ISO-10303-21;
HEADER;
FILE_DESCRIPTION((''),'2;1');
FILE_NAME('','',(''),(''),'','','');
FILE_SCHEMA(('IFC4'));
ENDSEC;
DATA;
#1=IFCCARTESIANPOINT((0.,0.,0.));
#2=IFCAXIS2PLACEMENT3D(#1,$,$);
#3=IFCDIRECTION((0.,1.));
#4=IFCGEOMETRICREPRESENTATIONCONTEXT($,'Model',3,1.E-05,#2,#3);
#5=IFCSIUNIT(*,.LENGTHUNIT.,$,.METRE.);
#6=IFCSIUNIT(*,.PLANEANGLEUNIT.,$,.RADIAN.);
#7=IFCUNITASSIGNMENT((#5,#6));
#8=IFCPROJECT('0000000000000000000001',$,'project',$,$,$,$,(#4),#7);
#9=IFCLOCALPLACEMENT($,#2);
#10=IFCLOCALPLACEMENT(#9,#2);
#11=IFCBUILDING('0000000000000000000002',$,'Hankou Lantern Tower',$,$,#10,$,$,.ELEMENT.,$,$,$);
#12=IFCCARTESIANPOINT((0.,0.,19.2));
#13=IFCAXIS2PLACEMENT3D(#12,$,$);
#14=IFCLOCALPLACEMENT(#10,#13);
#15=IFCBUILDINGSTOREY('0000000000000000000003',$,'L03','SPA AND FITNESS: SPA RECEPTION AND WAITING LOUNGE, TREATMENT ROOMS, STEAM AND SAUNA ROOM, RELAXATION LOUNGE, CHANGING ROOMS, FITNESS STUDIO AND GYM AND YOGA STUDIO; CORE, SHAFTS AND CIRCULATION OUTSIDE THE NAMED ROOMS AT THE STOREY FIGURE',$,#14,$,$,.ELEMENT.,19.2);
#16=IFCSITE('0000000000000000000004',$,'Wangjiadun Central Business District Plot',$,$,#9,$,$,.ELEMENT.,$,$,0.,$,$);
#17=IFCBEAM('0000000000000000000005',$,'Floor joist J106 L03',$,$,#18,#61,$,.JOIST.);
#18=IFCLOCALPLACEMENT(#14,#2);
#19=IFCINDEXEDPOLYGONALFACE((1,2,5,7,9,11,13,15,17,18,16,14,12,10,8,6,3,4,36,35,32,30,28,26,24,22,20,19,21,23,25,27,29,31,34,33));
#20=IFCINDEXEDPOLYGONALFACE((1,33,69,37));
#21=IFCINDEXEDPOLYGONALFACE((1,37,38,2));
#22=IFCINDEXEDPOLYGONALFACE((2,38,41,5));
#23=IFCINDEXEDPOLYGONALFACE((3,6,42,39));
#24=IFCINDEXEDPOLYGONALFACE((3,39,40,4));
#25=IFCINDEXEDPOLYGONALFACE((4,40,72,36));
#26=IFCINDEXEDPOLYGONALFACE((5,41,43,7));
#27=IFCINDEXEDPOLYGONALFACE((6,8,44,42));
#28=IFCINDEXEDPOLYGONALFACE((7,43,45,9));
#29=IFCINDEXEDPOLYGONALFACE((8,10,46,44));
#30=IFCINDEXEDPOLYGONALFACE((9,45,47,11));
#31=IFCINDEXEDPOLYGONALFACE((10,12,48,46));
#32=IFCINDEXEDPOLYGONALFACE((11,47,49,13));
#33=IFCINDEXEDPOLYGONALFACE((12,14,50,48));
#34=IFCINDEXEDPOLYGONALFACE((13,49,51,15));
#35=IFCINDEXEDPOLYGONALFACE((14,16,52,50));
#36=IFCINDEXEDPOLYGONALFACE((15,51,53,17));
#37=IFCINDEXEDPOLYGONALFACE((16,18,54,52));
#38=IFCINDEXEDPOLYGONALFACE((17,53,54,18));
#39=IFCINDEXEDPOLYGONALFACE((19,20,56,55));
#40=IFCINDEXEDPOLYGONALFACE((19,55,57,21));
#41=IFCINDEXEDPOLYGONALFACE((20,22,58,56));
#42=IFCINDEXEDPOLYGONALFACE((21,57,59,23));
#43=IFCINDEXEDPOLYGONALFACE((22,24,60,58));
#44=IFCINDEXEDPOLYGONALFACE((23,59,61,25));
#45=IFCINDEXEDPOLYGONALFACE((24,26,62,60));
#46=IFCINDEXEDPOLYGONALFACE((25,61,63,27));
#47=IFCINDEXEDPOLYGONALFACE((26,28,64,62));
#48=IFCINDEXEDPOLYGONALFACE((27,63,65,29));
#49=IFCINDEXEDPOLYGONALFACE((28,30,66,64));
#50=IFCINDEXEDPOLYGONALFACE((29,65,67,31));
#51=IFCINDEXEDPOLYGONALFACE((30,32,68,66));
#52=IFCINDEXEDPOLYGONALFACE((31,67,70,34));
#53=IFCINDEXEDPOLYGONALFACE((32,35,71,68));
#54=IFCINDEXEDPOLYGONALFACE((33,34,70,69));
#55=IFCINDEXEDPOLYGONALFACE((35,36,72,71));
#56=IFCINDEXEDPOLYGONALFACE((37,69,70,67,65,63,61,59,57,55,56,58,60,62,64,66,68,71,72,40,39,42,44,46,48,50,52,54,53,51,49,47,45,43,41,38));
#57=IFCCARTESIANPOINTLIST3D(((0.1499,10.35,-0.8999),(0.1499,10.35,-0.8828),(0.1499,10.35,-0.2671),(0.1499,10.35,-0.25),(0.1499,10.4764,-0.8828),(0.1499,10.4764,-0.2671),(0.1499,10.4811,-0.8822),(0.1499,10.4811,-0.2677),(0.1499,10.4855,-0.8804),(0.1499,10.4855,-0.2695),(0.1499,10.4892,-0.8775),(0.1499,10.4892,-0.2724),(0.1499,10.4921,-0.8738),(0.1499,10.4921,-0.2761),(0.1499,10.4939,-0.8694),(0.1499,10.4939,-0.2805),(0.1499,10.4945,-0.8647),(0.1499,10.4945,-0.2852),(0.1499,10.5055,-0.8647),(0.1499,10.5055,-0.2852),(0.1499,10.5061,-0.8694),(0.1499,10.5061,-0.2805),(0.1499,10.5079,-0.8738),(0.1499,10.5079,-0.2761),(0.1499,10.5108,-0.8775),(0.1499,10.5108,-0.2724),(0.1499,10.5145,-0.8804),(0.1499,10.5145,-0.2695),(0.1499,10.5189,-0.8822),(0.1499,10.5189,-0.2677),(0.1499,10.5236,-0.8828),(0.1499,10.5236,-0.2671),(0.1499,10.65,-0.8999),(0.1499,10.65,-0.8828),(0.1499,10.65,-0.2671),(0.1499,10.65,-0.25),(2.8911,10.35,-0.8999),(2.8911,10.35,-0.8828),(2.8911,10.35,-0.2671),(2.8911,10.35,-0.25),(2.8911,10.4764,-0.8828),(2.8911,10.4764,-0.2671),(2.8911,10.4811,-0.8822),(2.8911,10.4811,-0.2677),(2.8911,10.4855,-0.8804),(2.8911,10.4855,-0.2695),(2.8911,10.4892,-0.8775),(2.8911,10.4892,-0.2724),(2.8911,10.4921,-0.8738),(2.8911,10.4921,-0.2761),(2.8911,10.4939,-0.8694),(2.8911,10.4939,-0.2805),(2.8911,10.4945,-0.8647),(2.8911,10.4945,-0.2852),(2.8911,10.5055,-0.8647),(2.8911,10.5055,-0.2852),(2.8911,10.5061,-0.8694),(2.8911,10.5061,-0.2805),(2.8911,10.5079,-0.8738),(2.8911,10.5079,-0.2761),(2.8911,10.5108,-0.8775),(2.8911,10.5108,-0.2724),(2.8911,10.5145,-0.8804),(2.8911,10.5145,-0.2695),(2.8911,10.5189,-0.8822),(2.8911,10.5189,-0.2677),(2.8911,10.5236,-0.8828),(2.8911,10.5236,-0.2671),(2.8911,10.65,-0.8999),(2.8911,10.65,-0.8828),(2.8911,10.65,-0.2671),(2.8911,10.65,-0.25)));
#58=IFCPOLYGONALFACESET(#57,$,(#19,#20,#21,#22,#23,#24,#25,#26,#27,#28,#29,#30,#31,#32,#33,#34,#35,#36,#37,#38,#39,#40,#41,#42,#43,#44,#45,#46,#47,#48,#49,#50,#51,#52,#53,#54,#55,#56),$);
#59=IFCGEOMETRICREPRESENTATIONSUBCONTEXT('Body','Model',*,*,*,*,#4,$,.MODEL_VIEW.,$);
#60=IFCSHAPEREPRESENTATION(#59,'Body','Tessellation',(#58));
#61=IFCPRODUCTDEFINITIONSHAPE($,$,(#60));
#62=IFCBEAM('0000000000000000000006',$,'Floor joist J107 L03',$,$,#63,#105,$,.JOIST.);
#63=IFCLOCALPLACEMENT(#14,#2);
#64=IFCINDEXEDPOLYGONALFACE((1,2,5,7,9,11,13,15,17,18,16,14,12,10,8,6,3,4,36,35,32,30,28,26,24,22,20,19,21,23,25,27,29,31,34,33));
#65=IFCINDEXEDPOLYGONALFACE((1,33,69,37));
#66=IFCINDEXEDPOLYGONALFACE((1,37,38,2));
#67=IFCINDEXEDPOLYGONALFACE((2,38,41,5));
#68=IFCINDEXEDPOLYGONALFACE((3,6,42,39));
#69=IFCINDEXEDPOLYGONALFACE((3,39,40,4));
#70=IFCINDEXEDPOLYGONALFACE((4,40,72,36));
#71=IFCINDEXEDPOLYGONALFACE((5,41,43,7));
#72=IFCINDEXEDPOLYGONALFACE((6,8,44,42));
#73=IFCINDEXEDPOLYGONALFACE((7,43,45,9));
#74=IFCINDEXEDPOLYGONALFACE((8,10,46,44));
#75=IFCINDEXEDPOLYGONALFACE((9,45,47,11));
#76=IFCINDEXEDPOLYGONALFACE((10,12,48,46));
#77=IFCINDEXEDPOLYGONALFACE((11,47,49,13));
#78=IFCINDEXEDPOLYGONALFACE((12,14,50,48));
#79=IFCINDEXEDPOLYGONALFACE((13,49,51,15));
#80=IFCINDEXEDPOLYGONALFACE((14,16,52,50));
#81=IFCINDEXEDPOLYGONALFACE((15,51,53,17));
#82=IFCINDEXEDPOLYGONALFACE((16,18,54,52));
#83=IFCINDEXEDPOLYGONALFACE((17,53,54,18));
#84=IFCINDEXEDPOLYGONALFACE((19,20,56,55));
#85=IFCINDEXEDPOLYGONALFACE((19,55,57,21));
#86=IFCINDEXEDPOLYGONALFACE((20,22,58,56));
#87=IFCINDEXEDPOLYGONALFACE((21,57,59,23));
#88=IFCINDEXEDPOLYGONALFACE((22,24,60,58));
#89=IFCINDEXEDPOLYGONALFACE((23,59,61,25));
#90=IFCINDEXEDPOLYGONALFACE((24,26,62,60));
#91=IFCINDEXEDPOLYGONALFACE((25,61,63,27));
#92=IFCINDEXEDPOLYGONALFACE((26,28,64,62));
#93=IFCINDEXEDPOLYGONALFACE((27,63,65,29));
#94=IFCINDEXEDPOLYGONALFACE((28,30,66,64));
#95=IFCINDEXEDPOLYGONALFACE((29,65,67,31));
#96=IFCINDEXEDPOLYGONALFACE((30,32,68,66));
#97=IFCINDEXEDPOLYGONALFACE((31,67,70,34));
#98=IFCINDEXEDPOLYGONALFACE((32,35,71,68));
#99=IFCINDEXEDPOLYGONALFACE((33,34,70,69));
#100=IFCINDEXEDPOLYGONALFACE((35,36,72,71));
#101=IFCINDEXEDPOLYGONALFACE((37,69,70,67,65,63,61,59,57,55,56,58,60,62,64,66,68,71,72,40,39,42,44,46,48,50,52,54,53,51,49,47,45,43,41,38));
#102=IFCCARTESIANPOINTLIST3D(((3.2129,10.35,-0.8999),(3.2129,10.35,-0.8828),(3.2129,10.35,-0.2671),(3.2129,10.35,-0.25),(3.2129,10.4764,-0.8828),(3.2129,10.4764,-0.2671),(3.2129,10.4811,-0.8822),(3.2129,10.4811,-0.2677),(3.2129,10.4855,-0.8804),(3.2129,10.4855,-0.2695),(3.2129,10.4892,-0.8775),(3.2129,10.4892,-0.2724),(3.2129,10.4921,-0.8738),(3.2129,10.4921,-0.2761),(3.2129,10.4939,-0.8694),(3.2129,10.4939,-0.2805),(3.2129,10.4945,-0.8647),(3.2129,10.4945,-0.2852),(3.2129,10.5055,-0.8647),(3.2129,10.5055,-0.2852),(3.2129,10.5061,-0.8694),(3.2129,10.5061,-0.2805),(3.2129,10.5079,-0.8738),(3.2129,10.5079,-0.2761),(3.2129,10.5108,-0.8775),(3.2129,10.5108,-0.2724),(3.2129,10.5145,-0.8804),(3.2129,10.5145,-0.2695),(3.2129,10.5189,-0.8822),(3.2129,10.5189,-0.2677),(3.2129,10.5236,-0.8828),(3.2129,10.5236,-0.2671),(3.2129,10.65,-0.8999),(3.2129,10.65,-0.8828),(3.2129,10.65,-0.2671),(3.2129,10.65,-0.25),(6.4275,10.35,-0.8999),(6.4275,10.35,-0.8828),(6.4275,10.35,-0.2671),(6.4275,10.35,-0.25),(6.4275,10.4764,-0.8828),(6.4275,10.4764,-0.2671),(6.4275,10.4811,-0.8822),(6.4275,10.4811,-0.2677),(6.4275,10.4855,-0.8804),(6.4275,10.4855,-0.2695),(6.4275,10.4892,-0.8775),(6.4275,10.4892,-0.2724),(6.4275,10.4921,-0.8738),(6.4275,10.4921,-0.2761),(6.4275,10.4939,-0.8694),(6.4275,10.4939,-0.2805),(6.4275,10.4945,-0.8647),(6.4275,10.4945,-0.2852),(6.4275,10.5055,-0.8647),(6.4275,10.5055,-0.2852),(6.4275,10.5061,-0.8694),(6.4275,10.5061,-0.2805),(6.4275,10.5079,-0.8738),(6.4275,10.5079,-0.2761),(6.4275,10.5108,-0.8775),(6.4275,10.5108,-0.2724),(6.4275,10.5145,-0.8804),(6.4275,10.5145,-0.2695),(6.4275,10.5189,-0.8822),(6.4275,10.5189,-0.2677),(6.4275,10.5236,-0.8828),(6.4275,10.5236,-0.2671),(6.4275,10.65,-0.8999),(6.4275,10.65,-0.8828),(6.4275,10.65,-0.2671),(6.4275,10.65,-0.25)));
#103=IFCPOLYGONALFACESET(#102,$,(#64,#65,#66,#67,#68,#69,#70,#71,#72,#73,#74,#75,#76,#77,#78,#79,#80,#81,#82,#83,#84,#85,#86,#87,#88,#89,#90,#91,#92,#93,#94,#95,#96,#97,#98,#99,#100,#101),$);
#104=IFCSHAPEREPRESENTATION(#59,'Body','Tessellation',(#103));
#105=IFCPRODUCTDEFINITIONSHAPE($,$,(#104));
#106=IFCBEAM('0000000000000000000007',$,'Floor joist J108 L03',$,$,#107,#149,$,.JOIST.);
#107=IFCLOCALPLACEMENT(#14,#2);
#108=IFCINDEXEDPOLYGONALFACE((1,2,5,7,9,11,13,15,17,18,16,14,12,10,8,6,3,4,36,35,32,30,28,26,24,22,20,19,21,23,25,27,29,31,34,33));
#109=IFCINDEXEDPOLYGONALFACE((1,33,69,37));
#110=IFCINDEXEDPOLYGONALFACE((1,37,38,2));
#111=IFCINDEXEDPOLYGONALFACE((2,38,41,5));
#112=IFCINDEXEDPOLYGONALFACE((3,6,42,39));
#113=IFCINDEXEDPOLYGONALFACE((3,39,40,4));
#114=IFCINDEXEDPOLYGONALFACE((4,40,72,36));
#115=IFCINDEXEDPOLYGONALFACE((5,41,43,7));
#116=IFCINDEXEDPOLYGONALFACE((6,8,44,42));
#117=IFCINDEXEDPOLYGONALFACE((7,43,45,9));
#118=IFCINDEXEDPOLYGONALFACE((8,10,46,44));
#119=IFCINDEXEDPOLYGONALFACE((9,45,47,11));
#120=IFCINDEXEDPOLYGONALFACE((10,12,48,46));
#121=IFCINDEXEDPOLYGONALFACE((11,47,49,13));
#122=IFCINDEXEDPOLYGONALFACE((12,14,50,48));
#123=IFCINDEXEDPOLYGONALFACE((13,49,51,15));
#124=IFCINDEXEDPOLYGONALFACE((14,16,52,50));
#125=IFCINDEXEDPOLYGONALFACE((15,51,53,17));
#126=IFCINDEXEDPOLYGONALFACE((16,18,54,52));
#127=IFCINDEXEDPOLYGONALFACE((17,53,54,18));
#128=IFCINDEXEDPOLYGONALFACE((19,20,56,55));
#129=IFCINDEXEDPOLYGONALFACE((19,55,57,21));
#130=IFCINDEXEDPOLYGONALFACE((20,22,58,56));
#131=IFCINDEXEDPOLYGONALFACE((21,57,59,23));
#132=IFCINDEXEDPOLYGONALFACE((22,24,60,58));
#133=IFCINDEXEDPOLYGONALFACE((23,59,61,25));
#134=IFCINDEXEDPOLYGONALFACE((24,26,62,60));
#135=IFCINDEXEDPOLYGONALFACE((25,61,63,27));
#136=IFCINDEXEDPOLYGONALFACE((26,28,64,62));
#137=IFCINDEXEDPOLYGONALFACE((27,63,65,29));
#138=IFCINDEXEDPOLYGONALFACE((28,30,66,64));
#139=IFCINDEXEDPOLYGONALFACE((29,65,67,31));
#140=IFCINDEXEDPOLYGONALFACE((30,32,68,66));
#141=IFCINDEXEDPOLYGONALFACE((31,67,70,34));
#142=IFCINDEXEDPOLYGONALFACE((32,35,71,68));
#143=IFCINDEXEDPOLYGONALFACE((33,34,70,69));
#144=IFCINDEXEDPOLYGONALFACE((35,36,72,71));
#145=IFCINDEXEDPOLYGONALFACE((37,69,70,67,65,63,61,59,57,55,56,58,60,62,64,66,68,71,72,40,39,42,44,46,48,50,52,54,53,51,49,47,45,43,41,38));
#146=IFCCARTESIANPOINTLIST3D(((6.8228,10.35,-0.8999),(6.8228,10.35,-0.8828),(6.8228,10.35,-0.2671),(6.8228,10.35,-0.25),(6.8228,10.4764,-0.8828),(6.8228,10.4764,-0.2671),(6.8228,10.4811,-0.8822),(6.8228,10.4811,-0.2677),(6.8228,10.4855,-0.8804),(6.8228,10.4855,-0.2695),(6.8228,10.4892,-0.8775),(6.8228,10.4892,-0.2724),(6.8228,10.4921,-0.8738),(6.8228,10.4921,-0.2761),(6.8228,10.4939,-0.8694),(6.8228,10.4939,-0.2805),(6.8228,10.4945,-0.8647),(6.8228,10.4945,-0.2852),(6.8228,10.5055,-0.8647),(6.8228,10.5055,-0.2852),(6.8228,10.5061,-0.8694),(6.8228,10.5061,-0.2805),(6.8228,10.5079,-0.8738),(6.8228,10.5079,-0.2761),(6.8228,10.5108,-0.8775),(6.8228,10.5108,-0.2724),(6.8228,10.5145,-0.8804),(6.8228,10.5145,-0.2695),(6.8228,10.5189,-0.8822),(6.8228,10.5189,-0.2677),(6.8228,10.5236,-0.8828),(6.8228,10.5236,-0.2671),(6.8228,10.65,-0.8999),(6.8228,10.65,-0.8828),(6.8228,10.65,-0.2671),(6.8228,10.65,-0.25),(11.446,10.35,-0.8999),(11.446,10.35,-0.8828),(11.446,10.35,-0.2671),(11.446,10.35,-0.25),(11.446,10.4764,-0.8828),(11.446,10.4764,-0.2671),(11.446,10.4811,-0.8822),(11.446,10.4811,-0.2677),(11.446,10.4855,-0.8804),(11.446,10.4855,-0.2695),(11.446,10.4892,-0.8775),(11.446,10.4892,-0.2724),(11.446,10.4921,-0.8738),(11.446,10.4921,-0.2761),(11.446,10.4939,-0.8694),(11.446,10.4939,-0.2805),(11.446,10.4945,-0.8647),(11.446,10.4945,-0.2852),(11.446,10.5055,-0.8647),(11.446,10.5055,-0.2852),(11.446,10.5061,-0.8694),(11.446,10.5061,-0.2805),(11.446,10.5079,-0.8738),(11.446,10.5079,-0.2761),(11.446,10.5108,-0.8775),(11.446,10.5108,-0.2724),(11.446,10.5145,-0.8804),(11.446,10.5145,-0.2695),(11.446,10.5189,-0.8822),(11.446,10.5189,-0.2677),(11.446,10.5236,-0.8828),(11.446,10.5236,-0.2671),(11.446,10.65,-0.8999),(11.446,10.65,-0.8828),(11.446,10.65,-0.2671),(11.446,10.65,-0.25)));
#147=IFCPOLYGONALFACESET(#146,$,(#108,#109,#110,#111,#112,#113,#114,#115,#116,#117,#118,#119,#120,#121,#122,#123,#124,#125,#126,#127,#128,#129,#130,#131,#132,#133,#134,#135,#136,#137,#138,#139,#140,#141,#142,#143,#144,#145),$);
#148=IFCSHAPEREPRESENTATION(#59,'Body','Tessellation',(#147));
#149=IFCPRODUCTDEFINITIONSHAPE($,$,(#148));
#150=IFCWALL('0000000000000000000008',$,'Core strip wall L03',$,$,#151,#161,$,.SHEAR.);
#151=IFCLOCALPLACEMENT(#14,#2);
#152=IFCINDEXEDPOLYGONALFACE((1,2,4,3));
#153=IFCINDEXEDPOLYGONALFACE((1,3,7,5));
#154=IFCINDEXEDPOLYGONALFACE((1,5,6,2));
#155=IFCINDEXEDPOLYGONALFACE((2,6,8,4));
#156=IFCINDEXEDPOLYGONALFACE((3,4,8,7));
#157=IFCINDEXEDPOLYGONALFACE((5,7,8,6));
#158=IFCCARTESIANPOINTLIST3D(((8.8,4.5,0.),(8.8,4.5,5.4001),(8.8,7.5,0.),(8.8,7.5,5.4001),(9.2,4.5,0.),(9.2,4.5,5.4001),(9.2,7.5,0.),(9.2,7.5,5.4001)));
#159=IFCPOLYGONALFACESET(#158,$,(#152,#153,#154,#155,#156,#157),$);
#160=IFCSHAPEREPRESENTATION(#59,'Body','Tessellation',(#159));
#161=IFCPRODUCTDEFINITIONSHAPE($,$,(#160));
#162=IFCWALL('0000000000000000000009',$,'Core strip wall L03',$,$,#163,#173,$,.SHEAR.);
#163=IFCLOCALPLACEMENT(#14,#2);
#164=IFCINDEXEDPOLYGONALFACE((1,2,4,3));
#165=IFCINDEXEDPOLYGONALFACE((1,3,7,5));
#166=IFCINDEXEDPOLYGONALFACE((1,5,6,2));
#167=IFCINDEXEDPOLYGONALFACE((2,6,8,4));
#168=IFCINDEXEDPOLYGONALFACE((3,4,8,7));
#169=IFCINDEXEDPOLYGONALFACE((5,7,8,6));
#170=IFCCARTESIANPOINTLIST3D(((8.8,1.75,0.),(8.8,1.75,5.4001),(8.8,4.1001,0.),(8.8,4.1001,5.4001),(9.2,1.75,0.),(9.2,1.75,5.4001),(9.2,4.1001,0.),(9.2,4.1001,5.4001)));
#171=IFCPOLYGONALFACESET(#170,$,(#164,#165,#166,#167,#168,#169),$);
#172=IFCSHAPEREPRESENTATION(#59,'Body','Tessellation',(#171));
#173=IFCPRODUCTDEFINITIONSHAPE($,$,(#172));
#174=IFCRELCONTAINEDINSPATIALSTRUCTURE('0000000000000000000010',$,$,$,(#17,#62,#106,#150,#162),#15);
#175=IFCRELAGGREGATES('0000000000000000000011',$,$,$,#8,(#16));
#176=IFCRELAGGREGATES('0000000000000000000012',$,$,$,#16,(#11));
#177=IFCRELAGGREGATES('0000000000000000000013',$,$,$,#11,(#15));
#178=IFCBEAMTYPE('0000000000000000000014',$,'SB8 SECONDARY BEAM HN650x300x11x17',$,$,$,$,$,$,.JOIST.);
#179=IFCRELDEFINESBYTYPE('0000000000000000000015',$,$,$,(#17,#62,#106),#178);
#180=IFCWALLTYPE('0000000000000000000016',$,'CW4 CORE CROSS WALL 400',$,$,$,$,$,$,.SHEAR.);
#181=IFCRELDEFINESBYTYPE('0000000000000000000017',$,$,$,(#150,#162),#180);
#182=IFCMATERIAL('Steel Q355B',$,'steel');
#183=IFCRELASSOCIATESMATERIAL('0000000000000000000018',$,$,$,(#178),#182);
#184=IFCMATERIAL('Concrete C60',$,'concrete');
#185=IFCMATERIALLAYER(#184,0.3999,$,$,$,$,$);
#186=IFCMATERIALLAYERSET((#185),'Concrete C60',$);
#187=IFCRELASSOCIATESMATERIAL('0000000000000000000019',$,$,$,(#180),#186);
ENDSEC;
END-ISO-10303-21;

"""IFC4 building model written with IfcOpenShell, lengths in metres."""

from ifc_helpers import new_model, si_unit, direction, frame, frame_2d, origin, origin_2d, place, context, subcontext, project, spatial, rectangle, i_section, extrude, material, layer, layer_set, material_profile, profile_set, type_object, element, save


model = new_model("IFC4")

# Units and contexts
model_context = context("Model", 3, precision=1e-05, world=origin(), true_north=direction((0.0, 1.0)))
body_context = subcontext(model_context, "Body", "Model", "MODEL_VIEW")
ifc_project = project(units=[si_unit("LENGTHUNIT", "METRE"), si_unit("PLANEANGLEUNIT", "RADIAN")], contexts=[model_context])

# Site, building, storey
site_placement = place(None, origin())
site = spatial("IfcSite", under=ifc_project, at=site_placement, Name="Wangjiadun Central Business District Plot", CompositionType="ELEMENT", RefElevation=0.0)
building_placement = place(site_placement, origin())
building = spatial("IfcBuilding", under=site, at=building_placement, Name="Hankou Lantern Tower", CompositionType="ELEMENT")
storey_placement = place(building_placement, frame((0.0, 0.0, 19.2)))
storey = spatial("IfcBuildingStorey", under=building, at=storey_placement, Name="L03", Description="SPA AND FITNESS: SPA RECEPTION AND WAITING LOUNGE, TREATMENT ROOMS, STEAM AND SAUNA ROOM, RELAXATION LOUNGE, CHANGING ROOMS, FITNESS STUDIO AND GYM AND YOGA STUDIO; CORE, SHAFTS AND CIRCULATION OUTSIDE THE NAMED ROOMS AT THE STOREY FIGURE", CompositionType="ELEMENT", Elevation=19.2)

# Beams
ifc_material_1 = material(Name="Steel Q355B", Category="steel")
ifc_material_profile_1 = material_profile(ifc_material_1, i_section(OverallWidth=0.3, OverallDepth=0.6499, WebThickness=0.011, FlangeThickness=0.0171, FilletRadius=0.0181, at=origin_2d()), Name="HN650x300x11x17")
ifc_profile_set_1 = profile_set([ifc_material_profile_1], Name="Steel Q355B")
beam_type_1 = type_object("IfcBeamType", Name="SB8 SECONDARY BEAM HN650x300x11x17", PredefinedType="JOIST", material=ifc_profile_set_1)
beam_1_placement = place(storey_placement, frame((0.1499, 10.5, -0.575), z_axis=(1.0, 0.0, 0.0), x_axis=(0.0, 1.0, 0.0)))
element("IfcBeam", 1, at=beam_1_placement, inside=storey, type_object=beam_type_1, Name="Floor joist J106 L03", PredefinedType="JOIST", context=body_context, shape_type="SweptSolid", body=[
    extrude(i_section(OverallWidth=0.3, OverallDepth=0.6499, WebThickness=0.011, FlangeThickness=0.0171, FilletRadius=0.0181, at=origin_2d()), origin(), (0.0, 0.0, 1.0), 2.7412),
])
beam_2_placement = place(storey_placement, frame((3.2129, 10.5, -0.575), z_axis=(1.0, 0.0, 0.0), x_axis=(0.0, 1.0, 0.0)))
element("IfcBeam", 2, at=beam_2_placement, inside=storey, type_object=beam_type_1, Name="Floor joist J107 L03", PredefinedType="JOIST", context=body_context, shape_type="SweptSolid", body=[
    extrude(i_section(OverallWidth=0.3, OverallDepth=0.6499, WebThickness=0.011, FlangeThickness=0.0171, FilletRadius=0.0181, at=origin_2d()), origin(), (0.0, 0.0, 1.0), 3.2146),
])
beam_3_placement = place(storey_placement, frame((6.8228, 10.5, -0.575), z_axis=(1.0, 0.0, 0.0), x_axis=(0.0, 1.0, 0.0)))
element("IfcBeam", 3, at=beam_3_placement, inside=storey, type_object=beam_type_1, Name="Floor joist J108 L03", PredefinedType="JOIST", context=body_context, shape_type="SweptSolid", body=[
    extrude(i_section(OverallWidth=0.3, OverallDepth=0.6499, WebThickness=0.011, FlangeThickness=0.0171, FilletRadius=0.0181, at=origin_2d()), origin(), (0.0, 0.0, 1.0), 4.6233),
])

# Walls
ifc_material_2 = material(Name="Concrete C60", Category="concrete")
ifc_layer_1 = layer(ifc_material_2, 0.3999)
ifc_layer_set_1 = layer_set([ifc_layer_1], Name="Concrete C60")
wall_type_1 = type_object("IfcWallType", Name="CW4 CORE CROSS WALL 400", PredefinedType="SHEAR", material=ifc_layer_set_1)
wall_1_placement = place(storey_placement, frame((9.0, 4.5, 0.0), z_axis=(0.0, 0.0, 1.0), x_axis=(0.0, 1.0, 0.0)))
element("IfcWall", 4, at=wall_1_placement, inside=storey, type_object=wall_type_1, Name="Core strip wall L03", PredefinedType="SHEAR", context=body_context, shape_type="SweptSolid", body=[
    extrude(rectangle(XDim=3.0, YDim=0.3999, at=frame_2d((1.5, 0.0))), origin(), (0.0, 0.0, 1.0), 5.4001),
])
wall_2_placement = place(storey_placement, frame((9.0, 1.75, 0.0), z_axis=(0.0, 0.0, 1.0), x_axis=(0.0, 1.0, 0.0)))
element("IfcWall", 5, at=wall_2_placement, inside=storey, type_object=wall_type_1, Name="Core strip wall L03", PredefinedType="SHEAR", context=body_context, shape_type="SweptSolid", body=[
    extrude(rectangle(XDim=2.3501, YDim=0.3999, at=frame_2d((1.175, 0.0))), origin(), (0.0, 0.0, 1.0), 5.4001),
])

save(model, "model.ifc")
